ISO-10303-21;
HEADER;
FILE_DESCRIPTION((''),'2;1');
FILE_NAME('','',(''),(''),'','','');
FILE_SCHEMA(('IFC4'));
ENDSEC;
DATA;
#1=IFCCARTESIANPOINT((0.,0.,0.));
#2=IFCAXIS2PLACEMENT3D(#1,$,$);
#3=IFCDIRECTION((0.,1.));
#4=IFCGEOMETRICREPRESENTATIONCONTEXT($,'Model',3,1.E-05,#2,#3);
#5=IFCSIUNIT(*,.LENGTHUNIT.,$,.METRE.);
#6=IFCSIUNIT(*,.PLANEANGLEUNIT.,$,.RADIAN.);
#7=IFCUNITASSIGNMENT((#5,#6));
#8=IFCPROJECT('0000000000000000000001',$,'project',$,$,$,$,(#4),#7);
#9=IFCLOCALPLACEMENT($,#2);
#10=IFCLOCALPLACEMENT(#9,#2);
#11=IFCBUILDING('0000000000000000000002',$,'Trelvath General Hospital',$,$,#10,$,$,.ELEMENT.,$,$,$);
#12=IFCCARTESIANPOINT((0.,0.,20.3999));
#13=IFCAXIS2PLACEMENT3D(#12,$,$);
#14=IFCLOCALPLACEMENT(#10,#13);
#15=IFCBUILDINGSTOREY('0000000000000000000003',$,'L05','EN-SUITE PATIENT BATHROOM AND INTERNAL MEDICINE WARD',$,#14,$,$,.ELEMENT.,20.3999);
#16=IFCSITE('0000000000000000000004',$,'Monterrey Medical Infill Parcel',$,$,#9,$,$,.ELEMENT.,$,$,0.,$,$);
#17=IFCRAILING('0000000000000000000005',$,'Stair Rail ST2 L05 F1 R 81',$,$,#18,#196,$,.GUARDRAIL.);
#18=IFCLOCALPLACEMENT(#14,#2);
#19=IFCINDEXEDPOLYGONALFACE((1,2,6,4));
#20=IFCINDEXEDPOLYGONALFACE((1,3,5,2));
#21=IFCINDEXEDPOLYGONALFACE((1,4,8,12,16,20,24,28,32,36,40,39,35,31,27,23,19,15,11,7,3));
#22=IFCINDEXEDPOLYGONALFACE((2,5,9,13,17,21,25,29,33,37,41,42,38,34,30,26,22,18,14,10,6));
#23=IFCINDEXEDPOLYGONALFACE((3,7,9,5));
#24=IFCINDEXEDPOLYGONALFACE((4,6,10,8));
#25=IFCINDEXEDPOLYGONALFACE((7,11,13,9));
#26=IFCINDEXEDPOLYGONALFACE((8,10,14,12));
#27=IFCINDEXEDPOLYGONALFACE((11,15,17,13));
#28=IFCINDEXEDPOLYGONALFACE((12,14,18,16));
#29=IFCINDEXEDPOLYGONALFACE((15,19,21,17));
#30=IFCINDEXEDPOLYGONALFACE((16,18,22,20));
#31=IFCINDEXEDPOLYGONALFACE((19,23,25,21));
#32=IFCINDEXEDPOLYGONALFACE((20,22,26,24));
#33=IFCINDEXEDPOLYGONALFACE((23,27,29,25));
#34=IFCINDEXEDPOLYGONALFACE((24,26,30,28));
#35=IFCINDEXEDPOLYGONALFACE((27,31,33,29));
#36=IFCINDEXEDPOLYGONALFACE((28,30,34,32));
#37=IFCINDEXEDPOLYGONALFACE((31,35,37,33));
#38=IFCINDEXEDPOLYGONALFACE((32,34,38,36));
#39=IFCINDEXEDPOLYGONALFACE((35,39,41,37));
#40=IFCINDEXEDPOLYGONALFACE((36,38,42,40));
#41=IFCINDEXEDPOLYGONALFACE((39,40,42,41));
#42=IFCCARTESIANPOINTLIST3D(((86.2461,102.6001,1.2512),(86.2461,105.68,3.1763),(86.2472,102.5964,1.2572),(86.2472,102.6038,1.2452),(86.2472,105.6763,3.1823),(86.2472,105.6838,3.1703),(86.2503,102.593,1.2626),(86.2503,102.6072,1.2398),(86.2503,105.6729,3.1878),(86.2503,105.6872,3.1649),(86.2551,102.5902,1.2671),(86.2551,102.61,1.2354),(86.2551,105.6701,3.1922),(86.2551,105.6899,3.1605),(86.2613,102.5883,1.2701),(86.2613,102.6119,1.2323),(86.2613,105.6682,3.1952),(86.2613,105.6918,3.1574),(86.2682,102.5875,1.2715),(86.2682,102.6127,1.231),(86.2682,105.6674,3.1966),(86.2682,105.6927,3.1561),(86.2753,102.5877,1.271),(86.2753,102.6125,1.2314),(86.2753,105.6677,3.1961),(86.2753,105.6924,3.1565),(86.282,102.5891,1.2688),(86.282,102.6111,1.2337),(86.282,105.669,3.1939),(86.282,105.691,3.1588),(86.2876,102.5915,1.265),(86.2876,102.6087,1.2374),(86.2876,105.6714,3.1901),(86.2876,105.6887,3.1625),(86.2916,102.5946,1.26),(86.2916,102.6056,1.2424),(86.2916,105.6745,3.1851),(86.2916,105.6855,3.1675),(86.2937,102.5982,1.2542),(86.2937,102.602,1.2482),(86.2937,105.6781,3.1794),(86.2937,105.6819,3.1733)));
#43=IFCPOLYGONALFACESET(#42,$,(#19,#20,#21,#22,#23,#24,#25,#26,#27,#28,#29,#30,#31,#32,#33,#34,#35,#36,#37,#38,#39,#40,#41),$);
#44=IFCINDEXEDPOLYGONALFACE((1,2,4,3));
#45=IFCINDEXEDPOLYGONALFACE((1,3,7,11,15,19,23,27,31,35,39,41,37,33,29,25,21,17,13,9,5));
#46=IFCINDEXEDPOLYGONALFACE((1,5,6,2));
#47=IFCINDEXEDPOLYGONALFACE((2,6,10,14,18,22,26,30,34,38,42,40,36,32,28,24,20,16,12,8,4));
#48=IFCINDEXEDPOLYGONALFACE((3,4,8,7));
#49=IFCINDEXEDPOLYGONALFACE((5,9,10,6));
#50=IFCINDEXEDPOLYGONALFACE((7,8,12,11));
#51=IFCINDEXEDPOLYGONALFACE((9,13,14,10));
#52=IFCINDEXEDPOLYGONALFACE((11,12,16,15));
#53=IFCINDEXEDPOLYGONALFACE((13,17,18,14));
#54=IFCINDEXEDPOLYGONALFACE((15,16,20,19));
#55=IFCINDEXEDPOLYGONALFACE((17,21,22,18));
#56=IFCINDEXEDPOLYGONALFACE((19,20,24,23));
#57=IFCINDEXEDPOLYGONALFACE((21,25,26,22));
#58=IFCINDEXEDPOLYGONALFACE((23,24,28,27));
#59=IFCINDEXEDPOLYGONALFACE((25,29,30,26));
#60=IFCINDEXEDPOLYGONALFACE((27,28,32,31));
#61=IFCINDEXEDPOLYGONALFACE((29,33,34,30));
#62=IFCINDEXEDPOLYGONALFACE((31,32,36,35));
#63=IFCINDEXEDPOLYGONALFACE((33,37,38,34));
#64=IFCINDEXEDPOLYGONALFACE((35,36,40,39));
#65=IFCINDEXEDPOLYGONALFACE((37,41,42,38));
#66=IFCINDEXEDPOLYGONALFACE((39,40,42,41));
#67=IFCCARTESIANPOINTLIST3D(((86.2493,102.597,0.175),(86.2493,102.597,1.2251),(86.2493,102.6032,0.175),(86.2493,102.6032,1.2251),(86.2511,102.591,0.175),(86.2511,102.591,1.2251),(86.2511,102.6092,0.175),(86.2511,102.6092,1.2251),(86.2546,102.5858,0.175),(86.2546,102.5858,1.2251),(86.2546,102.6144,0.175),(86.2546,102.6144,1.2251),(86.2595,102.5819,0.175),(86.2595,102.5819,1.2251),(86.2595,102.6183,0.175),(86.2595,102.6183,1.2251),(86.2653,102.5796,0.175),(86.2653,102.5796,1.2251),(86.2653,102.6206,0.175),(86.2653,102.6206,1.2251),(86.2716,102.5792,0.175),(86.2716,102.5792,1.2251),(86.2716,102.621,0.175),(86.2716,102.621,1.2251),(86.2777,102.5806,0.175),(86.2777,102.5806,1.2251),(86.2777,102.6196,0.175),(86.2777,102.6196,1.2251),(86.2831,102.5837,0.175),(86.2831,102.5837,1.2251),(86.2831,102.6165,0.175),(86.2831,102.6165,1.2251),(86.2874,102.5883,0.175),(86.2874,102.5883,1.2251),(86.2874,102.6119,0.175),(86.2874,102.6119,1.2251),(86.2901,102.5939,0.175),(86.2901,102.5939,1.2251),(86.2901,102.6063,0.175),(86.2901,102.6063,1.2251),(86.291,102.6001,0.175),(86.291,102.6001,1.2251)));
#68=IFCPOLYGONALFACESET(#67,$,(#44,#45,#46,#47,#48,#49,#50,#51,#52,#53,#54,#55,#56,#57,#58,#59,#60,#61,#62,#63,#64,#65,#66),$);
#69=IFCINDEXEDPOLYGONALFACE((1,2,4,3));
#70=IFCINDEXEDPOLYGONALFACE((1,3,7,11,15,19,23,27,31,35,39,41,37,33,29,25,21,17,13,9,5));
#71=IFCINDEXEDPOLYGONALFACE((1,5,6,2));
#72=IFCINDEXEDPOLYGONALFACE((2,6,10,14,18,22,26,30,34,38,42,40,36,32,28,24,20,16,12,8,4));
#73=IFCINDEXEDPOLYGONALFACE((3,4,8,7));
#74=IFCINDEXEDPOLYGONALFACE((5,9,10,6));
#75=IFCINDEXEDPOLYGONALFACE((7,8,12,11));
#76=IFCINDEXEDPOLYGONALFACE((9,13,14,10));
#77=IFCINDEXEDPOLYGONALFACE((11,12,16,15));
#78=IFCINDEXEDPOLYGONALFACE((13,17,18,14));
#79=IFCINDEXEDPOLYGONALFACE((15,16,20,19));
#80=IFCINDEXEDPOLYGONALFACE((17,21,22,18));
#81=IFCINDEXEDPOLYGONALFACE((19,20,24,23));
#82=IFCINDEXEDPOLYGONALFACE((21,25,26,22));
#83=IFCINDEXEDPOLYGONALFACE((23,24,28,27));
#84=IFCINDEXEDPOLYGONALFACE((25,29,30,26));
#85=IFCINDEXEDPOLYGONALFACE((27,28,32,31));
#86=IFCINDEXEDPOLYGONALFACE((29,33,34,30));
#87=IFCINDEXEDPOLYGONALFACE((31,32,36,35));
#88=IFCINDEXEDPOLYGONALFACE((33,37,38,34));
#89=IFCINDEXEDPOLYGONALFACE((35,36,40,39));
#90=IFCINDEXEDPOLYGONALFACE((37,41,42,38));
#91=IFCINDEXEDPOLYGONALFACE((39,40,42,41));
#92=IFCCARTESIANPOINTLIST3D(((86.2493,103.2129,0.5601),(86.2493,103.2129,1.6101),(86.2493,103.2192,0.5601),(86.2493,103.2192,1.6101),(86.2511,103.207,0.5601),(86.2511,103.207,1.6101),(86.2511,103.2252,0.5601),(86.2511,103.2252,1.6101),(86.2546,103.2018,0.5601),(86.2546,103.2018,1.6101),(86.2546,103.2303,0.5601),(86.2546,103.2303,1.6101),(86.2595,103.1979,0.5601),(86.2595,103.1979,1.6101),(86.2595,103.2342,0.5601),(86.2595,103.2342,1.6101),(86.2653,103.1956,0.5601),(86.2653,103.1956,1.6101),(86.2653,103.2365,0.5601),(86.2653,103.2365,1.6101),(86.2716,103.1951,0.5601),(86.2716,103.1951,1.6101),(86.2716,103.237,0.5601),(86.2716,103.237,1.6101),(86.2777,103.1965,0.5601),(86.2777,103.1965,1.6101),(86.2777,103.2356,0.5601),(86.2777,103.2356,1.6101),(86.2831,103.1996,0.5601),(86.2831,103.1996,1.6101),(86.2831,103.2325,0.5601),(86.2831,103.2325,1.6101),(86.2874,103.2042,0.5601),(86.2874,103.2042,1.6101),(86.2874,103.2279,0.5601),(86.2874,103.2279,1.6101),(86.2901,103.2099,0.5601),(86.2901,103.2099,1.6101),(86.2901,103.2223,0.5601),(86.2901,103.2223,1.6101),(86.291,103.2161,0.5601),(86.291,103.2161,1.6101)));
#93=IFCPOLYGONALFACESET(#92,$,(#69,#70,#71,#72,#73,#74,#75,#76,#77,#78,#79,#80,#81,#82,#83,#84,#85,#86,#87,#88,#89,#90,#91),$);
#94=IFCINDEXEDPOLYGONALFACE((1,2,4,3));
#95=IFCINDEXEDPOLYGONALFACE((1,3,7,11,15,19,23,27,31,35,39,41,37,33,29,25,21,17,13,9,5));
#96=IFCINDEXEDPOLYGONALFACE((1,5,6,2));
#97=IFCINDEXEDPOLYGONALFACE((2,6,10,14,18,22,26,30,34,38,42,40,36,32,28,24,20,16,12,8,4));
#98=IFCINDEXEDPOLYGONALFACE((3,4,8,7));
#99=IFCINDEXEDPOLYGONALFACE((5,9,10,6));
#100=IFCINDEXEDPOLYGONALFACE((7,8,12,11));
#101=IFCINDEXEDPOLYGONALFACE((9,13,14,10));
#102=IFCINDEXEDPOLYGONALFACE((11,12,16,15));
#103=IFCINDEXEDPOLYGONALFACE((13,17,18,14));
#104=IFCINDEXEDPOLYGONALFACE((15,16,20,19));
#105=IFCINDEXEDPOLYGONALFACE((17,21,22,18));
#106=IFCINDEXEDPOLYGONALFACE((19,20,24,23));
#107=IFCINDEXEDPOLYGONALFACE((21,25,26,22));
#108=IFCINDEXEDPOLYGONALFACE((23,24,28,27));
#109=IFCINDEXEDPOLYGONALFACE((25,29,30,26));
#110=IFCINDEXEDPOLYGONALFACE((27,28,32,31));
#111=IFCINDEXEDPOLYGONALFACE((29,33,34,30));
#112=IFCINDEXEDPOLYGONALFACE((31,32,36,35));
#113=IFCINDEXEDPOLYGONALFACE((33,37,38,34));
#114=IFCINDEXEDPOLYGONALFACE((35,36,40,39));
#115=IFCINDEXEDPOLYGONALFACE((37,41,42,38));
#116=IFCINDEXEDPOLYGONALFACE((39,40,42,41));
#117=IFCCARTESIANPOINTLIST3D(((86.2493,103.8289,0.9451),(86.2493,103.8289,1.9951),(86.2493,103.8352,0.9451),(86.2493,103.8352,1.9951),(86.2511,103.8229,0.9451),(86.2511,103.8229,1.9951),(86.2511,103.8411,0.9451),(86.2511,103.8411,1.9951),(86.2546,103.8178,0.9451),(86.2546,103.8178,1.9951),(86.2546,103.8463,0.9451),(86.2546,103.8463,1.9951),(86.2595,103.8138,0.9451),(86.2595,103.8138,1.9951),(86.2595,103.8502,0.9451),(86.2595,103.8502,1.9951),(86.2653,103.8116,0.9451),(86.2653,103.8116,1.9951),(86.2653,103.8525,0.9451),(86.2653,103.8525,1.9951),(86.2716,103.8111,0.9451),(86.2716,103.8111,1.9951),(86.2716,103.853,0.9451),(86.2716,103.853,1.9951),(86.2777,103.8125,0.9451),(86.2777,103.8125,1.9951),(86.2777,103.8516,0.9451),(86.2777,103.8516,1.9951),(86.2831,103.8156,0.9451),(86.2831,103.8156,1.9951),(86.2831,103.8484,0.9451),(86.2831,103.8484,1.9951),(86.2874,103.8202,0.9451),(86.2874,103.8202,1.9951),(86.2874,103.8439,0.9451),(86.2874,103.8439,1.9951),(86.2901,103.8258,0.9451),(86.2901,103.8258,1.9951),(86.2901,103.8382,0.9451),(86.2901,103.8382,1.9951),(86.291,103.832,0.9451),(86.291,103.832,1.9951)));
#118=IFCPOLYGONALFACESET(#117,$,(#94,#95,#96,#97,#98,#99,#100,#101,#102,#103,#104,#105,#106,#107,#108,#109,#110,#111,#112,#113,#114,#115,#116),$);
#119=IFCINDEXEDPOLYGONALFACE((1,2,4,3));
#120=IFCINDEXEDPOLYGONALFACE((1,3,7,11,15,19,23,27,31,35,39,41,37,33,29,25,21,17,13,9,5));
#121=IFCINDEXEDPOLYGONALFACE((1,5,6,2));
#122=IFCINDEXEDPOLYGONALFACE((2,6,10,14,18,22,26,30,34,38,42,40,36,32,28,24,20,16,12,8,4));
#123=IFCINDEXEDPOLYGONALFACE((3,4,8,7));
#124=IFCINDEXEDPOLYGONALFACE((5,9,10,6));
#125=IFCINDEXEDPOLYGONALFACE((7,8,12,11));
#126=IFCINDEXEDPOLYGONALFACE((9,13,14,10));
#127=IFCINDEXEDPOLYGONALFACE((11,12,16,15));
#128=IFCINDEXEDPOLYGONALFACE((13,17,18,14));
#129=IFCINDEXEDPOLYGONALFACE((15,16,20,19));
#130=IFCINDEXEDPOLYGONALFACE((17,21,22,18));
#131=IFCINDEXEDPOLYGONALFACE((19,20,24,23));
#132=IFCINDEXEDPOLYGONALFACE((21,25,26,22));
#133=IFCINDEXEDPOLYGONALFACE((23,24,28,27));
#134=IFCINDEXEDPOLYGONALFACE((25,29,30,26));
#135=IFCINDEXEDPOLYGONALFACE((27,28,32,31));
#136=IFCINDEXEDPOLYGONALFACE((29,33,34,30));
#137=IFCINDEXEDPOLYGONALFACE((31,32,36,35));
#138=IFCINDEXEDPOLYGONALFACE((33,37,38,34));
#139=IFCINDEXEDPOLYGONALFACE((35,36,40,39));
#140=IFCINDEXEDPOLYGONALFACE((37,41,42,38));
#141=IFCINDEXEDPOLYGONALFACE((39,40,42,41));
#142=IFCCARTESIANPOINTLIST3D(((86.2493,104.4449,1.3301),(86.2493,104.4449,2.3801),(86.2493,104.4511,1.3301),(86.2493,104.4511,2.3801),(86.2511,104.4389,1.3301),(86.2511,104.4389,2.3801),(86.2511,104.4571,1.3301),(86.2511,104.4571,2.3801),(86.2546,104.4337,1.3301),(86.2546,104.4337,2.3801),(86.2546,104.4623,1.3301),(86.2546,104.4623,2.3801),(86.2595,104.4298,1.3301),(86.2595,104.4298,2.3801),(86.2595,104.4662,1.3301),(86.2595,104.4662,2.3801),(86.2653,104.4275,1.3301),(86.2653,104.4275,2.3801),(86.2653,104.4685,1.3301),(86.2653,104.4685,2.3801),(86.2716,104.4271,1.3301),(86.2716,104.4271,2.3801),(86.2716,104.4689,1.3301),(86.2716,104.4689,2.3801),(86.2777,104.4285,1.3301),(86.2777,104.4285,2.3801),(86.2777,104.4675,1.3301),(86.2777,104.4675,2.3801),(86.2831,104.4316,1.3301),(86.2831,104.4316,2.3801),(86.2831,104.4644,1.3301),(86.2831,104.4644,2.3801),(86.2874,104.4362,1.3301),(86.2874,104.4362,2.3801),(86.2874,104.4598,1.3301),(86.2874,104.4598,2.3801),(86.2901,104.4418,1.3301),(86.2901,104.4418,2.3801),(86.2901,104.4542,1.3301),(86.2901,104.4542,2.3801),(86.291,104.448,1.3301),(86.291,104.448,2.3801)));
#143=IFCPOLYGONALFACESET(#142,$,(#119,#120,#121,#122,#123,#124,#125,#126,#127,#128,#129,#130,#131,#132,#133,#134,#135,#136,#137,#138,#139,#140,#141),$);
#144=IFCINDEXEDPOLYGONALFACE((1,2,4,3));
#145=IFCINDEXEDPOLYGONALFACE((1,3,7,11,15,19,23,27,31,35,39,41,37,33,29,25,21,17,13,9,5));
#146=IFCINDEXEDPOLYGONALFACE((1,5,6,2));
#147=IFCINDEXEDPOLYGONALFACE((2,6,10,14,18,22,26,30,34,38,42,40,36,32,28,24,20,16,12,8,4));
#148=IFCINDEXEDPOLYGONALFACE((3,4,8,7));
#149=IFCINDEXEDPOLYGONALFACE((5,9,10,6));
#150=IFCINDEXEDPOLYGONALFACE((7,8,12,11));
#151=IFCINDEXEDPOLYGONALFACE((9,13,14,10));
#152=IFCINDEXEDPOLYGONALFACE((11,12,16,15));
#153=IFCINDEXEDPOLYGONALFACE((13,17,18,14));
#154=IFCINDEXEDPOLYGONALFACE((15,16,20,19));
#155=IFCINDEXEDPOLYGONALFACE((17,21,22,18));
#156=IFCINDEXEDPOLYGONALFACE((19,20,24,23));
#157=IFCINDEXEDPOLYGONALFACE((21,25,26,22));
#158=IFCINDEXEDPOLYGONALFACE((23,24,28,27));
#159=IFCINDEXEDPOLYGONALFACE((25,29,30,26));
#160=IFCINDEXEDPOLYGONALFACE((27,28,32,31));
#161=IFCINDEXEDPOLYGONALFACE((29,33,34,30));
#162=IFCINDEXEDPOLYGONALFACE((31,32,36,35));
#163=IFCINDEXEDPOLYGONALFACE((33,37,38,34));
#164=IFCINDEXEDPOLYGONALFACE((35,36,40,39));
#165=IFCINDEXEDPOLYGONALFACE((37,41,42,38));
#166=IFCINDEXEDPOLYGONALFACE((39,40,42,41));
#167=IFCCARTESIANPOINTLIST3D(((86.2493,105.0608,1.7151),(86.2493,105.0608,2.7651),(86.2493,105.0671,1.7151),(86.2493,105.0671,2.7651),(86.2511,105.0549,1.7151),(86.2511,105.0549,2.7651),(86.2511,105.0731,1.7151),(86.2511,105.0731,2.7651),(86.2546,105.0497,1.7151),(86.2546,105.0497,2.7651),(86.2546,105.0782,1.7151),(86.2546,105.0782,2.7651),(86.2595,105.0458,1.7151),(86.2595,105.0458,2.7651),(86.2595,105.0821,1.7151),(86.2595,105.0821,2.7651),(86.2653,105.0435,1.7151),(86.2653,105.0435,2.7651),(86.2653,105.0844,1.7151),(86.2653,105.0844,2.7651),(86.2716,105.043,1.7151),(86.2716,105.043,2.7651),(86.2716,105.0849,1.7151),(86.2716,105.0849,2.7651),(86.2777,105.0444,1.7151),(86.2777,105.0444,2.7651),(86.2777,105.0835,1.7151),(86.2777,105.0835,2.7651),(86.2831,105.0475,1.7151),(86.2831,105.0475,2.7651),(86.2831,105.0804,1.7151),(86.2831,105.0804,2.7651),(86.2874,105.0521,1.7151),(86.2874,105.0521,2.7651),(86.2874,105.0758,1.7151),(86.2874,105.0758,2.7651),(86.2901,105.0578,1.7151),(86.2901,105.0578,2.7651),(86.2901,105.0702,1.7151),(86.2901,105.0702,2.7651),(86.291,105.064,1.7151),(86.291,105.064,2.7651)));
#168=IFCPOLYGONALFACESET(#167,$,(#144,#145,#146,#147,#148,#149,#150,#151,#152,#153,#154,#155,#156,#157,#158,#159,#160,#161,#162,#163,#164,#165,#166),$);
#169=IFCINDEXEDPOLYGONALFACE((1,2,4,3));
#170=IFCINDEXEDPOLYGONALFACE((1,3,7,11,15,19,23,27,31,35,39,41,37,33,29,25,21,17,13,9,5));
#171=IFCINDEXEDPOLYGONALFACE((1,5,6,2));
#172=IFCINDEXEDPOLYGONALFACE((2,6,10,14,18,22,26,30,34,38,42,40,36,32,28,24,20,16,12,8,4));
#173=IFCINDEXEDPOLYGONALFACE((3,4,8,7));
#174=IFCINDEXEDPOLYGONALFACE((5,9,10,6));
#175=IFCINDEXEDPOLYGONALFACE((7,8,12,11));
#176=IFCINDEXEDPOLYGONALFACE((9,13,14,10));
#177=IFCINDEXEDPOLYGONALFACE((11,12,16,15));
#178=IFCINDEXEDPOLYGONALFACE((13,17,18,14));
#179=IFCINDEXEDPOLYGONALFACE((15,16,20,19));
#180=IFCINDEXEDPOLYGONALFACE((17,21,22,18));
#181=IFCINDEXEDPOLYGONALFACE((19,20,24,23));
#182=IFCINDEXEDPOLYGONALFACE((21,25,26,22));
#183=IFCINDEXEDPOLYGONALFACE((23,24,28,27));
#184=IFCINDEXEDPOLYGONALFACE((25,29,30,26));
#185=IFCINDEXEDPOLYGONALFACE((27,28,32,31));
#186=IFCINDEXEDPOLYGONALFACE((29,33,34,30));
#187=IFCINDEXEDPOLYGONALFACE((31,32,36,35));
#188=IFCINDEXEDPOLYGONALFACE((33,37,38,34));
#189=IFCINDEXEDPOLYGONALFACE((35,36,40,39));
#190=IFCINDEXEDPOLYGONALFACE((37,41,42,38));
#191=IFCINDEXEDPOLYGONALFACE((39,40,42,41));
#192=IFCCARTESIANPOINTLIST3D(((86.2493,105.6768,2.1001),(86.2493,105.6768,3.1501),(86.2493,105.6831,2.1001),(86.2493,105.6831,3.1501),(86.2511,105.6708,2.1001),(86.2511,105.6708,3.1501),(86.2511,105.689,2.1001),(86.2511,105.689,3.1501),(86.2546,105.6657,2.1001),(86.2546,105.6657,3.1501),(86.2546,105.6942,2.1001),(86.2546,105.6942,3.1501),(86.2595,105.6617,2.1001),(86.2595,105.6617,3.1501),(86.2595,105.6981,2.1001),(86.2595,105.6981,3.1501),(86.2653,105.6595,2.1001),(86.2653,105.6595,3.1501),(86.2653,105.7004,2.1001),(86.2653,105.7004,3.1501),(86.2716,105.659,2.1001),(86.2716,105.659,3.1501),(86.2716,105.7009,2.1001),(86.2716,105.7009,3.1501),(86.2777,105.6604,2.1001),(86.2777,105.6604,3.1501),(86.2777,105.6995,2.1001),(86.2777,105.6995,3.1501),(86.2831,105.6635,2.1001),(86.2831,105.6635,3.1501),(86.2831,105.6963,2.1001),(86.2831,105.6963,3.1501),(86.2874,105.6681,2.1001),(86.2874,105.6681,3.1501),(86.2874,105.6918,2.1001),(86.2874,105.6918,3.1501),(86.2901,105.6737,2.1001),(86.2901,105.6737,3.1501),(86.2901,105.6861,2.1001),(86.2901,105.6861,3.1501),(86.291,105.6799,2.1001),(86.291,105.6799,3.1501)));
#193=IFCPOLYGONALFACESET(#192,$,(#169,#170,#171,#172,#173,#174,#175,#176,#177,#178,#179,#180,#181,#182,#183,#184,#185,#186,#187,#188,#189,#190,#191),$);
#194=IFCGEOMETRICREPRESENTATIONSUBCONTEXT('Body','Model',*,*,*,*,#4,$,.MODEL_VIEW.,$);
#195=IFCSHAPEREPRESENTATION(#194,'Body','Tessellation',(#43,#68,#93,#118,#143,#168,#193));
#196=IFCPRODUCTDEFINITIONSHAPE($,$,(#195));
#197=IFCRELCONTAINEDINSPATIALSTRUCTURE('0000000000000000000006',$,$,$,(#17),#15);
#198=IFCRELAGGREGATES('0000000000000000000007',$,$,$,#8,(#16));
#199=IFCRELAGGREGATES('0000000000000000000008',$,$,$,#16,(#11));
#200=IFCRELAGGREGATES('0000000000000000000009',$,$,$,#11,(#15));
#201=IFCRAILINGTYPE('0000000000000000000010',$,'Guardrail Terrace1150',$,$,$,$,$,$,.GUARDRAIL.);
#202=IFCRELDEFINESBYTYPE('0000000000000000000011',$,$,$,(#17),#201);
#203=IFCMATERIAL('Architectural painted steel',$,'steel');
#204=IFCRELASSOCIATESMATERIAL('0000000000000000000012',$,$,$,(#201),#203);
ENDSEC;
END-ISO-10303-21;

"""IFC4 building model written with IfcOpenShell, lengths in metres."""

from ifc_helpers import new_model, si_unit, direction, frame, origin, origin_2d, place, context, subcontext, project, spatial, circle, extrude, material, type_object, element, save


model = new_model("IFC4")

# Units and contexts
model_context = context("Model", 3, precision=1e-05, world=origin(), true_north=direction((0.0, 1.0)))
body_context = subcontext(model_context, "Body", "Model", "MODEL_VIEW")
ifc_project = project(units=[si_unit("LENGTHUNIT", "METRE"), si_unit("PLANEANGLEUNIT", "RADIAN")], contexts=[model_context])

# Site, building, storey
site_placement = place(None, origin())
site = spatial("IfcSite", under=ifc_project, at=site_placement, Name="Monterrey Medical Infill Parcel", CompositionType="ELEMENT", RefElevation=0.0)
building_placement = place(site_placement, origin())
building = spatial("IfcBuilding", under=site, at=building_placement, Name="Trelvath General Hospital", CompositionType="ELEMENT")
storey_placement = place(building_placement, frame((0.0, 0.0, 20.3999)))
storey = spatial("IfcBuildingStorey", under=building, at=storey_placement, Name="L05", Description="EN-SUITE PATIENT BATHROOM AND INTERNAL MEDICINE WARD", CompositionType="ELEMENT", Elevation=20.3999)

# Railing
ifc_material_1 = material(Name="Architectural painted steel", Category="steel")
railing_type_1 = type_object("IfcRailingType", Name="Guardrail Terrace1150", PredefinedType="GUARDRAIL", material=ifc_material_1)
railing_1_placement = place(storey_placement, frame((86.27, 102.6001, 0.175)))
element("IfcRailing", 1, at=railing_1_placement, inside=storey, type_object=railing_type_1, Name="Stair Rail ST2 L05 F1 R 81", PredefinedType="GUARDRAIL", context=body_context, shape_type="SweptSolid", body=[
    extrude(circle(Radius=0.0239, at=origin_2d()), frame((0.0, 0.0, 1.0762), z_axis=(0.0, 0.847979, 0.530029), x_axis=(-1.0, 0.0, 0.0)), (0.0, 0.0, 1.0), 3.6321),
    extrude(circle(Radius=0.021, at=origin_2d()), origin(), (0.0, 0.0, 1.0), 1.05),
    extrude(circle(Radius=0.021, at=origin_2d()), frame((0.0, 0.616, 0.385)), (0.0, 0.0, 1.0), 1.05),
    extrude(circle(Radius=0.021, at=origin_2d()), frame((0.0, 1.2319, 0.77)), (0.0, 0.0, 1.0), 1.05),
    extrude(circle(Radius=0.021, at=origin_2d()), frame((0.0, 1.8479, 1.155)), (0.0, 0.0, 1.0), 1.05),
    extrude(circle(Radius=0.021, at=origin_2d()), frame((0.0, 2.4639, 1.54)), (0.0, 0.0, 1.0), 1.05),
    extrude(circle(Radius=0.021, at=origin_2d()), frame((0.0, 3.0798, 1.925)), (0.0, 0.0, 1.0), 1.05),
])

save(model, "model.ifc")
